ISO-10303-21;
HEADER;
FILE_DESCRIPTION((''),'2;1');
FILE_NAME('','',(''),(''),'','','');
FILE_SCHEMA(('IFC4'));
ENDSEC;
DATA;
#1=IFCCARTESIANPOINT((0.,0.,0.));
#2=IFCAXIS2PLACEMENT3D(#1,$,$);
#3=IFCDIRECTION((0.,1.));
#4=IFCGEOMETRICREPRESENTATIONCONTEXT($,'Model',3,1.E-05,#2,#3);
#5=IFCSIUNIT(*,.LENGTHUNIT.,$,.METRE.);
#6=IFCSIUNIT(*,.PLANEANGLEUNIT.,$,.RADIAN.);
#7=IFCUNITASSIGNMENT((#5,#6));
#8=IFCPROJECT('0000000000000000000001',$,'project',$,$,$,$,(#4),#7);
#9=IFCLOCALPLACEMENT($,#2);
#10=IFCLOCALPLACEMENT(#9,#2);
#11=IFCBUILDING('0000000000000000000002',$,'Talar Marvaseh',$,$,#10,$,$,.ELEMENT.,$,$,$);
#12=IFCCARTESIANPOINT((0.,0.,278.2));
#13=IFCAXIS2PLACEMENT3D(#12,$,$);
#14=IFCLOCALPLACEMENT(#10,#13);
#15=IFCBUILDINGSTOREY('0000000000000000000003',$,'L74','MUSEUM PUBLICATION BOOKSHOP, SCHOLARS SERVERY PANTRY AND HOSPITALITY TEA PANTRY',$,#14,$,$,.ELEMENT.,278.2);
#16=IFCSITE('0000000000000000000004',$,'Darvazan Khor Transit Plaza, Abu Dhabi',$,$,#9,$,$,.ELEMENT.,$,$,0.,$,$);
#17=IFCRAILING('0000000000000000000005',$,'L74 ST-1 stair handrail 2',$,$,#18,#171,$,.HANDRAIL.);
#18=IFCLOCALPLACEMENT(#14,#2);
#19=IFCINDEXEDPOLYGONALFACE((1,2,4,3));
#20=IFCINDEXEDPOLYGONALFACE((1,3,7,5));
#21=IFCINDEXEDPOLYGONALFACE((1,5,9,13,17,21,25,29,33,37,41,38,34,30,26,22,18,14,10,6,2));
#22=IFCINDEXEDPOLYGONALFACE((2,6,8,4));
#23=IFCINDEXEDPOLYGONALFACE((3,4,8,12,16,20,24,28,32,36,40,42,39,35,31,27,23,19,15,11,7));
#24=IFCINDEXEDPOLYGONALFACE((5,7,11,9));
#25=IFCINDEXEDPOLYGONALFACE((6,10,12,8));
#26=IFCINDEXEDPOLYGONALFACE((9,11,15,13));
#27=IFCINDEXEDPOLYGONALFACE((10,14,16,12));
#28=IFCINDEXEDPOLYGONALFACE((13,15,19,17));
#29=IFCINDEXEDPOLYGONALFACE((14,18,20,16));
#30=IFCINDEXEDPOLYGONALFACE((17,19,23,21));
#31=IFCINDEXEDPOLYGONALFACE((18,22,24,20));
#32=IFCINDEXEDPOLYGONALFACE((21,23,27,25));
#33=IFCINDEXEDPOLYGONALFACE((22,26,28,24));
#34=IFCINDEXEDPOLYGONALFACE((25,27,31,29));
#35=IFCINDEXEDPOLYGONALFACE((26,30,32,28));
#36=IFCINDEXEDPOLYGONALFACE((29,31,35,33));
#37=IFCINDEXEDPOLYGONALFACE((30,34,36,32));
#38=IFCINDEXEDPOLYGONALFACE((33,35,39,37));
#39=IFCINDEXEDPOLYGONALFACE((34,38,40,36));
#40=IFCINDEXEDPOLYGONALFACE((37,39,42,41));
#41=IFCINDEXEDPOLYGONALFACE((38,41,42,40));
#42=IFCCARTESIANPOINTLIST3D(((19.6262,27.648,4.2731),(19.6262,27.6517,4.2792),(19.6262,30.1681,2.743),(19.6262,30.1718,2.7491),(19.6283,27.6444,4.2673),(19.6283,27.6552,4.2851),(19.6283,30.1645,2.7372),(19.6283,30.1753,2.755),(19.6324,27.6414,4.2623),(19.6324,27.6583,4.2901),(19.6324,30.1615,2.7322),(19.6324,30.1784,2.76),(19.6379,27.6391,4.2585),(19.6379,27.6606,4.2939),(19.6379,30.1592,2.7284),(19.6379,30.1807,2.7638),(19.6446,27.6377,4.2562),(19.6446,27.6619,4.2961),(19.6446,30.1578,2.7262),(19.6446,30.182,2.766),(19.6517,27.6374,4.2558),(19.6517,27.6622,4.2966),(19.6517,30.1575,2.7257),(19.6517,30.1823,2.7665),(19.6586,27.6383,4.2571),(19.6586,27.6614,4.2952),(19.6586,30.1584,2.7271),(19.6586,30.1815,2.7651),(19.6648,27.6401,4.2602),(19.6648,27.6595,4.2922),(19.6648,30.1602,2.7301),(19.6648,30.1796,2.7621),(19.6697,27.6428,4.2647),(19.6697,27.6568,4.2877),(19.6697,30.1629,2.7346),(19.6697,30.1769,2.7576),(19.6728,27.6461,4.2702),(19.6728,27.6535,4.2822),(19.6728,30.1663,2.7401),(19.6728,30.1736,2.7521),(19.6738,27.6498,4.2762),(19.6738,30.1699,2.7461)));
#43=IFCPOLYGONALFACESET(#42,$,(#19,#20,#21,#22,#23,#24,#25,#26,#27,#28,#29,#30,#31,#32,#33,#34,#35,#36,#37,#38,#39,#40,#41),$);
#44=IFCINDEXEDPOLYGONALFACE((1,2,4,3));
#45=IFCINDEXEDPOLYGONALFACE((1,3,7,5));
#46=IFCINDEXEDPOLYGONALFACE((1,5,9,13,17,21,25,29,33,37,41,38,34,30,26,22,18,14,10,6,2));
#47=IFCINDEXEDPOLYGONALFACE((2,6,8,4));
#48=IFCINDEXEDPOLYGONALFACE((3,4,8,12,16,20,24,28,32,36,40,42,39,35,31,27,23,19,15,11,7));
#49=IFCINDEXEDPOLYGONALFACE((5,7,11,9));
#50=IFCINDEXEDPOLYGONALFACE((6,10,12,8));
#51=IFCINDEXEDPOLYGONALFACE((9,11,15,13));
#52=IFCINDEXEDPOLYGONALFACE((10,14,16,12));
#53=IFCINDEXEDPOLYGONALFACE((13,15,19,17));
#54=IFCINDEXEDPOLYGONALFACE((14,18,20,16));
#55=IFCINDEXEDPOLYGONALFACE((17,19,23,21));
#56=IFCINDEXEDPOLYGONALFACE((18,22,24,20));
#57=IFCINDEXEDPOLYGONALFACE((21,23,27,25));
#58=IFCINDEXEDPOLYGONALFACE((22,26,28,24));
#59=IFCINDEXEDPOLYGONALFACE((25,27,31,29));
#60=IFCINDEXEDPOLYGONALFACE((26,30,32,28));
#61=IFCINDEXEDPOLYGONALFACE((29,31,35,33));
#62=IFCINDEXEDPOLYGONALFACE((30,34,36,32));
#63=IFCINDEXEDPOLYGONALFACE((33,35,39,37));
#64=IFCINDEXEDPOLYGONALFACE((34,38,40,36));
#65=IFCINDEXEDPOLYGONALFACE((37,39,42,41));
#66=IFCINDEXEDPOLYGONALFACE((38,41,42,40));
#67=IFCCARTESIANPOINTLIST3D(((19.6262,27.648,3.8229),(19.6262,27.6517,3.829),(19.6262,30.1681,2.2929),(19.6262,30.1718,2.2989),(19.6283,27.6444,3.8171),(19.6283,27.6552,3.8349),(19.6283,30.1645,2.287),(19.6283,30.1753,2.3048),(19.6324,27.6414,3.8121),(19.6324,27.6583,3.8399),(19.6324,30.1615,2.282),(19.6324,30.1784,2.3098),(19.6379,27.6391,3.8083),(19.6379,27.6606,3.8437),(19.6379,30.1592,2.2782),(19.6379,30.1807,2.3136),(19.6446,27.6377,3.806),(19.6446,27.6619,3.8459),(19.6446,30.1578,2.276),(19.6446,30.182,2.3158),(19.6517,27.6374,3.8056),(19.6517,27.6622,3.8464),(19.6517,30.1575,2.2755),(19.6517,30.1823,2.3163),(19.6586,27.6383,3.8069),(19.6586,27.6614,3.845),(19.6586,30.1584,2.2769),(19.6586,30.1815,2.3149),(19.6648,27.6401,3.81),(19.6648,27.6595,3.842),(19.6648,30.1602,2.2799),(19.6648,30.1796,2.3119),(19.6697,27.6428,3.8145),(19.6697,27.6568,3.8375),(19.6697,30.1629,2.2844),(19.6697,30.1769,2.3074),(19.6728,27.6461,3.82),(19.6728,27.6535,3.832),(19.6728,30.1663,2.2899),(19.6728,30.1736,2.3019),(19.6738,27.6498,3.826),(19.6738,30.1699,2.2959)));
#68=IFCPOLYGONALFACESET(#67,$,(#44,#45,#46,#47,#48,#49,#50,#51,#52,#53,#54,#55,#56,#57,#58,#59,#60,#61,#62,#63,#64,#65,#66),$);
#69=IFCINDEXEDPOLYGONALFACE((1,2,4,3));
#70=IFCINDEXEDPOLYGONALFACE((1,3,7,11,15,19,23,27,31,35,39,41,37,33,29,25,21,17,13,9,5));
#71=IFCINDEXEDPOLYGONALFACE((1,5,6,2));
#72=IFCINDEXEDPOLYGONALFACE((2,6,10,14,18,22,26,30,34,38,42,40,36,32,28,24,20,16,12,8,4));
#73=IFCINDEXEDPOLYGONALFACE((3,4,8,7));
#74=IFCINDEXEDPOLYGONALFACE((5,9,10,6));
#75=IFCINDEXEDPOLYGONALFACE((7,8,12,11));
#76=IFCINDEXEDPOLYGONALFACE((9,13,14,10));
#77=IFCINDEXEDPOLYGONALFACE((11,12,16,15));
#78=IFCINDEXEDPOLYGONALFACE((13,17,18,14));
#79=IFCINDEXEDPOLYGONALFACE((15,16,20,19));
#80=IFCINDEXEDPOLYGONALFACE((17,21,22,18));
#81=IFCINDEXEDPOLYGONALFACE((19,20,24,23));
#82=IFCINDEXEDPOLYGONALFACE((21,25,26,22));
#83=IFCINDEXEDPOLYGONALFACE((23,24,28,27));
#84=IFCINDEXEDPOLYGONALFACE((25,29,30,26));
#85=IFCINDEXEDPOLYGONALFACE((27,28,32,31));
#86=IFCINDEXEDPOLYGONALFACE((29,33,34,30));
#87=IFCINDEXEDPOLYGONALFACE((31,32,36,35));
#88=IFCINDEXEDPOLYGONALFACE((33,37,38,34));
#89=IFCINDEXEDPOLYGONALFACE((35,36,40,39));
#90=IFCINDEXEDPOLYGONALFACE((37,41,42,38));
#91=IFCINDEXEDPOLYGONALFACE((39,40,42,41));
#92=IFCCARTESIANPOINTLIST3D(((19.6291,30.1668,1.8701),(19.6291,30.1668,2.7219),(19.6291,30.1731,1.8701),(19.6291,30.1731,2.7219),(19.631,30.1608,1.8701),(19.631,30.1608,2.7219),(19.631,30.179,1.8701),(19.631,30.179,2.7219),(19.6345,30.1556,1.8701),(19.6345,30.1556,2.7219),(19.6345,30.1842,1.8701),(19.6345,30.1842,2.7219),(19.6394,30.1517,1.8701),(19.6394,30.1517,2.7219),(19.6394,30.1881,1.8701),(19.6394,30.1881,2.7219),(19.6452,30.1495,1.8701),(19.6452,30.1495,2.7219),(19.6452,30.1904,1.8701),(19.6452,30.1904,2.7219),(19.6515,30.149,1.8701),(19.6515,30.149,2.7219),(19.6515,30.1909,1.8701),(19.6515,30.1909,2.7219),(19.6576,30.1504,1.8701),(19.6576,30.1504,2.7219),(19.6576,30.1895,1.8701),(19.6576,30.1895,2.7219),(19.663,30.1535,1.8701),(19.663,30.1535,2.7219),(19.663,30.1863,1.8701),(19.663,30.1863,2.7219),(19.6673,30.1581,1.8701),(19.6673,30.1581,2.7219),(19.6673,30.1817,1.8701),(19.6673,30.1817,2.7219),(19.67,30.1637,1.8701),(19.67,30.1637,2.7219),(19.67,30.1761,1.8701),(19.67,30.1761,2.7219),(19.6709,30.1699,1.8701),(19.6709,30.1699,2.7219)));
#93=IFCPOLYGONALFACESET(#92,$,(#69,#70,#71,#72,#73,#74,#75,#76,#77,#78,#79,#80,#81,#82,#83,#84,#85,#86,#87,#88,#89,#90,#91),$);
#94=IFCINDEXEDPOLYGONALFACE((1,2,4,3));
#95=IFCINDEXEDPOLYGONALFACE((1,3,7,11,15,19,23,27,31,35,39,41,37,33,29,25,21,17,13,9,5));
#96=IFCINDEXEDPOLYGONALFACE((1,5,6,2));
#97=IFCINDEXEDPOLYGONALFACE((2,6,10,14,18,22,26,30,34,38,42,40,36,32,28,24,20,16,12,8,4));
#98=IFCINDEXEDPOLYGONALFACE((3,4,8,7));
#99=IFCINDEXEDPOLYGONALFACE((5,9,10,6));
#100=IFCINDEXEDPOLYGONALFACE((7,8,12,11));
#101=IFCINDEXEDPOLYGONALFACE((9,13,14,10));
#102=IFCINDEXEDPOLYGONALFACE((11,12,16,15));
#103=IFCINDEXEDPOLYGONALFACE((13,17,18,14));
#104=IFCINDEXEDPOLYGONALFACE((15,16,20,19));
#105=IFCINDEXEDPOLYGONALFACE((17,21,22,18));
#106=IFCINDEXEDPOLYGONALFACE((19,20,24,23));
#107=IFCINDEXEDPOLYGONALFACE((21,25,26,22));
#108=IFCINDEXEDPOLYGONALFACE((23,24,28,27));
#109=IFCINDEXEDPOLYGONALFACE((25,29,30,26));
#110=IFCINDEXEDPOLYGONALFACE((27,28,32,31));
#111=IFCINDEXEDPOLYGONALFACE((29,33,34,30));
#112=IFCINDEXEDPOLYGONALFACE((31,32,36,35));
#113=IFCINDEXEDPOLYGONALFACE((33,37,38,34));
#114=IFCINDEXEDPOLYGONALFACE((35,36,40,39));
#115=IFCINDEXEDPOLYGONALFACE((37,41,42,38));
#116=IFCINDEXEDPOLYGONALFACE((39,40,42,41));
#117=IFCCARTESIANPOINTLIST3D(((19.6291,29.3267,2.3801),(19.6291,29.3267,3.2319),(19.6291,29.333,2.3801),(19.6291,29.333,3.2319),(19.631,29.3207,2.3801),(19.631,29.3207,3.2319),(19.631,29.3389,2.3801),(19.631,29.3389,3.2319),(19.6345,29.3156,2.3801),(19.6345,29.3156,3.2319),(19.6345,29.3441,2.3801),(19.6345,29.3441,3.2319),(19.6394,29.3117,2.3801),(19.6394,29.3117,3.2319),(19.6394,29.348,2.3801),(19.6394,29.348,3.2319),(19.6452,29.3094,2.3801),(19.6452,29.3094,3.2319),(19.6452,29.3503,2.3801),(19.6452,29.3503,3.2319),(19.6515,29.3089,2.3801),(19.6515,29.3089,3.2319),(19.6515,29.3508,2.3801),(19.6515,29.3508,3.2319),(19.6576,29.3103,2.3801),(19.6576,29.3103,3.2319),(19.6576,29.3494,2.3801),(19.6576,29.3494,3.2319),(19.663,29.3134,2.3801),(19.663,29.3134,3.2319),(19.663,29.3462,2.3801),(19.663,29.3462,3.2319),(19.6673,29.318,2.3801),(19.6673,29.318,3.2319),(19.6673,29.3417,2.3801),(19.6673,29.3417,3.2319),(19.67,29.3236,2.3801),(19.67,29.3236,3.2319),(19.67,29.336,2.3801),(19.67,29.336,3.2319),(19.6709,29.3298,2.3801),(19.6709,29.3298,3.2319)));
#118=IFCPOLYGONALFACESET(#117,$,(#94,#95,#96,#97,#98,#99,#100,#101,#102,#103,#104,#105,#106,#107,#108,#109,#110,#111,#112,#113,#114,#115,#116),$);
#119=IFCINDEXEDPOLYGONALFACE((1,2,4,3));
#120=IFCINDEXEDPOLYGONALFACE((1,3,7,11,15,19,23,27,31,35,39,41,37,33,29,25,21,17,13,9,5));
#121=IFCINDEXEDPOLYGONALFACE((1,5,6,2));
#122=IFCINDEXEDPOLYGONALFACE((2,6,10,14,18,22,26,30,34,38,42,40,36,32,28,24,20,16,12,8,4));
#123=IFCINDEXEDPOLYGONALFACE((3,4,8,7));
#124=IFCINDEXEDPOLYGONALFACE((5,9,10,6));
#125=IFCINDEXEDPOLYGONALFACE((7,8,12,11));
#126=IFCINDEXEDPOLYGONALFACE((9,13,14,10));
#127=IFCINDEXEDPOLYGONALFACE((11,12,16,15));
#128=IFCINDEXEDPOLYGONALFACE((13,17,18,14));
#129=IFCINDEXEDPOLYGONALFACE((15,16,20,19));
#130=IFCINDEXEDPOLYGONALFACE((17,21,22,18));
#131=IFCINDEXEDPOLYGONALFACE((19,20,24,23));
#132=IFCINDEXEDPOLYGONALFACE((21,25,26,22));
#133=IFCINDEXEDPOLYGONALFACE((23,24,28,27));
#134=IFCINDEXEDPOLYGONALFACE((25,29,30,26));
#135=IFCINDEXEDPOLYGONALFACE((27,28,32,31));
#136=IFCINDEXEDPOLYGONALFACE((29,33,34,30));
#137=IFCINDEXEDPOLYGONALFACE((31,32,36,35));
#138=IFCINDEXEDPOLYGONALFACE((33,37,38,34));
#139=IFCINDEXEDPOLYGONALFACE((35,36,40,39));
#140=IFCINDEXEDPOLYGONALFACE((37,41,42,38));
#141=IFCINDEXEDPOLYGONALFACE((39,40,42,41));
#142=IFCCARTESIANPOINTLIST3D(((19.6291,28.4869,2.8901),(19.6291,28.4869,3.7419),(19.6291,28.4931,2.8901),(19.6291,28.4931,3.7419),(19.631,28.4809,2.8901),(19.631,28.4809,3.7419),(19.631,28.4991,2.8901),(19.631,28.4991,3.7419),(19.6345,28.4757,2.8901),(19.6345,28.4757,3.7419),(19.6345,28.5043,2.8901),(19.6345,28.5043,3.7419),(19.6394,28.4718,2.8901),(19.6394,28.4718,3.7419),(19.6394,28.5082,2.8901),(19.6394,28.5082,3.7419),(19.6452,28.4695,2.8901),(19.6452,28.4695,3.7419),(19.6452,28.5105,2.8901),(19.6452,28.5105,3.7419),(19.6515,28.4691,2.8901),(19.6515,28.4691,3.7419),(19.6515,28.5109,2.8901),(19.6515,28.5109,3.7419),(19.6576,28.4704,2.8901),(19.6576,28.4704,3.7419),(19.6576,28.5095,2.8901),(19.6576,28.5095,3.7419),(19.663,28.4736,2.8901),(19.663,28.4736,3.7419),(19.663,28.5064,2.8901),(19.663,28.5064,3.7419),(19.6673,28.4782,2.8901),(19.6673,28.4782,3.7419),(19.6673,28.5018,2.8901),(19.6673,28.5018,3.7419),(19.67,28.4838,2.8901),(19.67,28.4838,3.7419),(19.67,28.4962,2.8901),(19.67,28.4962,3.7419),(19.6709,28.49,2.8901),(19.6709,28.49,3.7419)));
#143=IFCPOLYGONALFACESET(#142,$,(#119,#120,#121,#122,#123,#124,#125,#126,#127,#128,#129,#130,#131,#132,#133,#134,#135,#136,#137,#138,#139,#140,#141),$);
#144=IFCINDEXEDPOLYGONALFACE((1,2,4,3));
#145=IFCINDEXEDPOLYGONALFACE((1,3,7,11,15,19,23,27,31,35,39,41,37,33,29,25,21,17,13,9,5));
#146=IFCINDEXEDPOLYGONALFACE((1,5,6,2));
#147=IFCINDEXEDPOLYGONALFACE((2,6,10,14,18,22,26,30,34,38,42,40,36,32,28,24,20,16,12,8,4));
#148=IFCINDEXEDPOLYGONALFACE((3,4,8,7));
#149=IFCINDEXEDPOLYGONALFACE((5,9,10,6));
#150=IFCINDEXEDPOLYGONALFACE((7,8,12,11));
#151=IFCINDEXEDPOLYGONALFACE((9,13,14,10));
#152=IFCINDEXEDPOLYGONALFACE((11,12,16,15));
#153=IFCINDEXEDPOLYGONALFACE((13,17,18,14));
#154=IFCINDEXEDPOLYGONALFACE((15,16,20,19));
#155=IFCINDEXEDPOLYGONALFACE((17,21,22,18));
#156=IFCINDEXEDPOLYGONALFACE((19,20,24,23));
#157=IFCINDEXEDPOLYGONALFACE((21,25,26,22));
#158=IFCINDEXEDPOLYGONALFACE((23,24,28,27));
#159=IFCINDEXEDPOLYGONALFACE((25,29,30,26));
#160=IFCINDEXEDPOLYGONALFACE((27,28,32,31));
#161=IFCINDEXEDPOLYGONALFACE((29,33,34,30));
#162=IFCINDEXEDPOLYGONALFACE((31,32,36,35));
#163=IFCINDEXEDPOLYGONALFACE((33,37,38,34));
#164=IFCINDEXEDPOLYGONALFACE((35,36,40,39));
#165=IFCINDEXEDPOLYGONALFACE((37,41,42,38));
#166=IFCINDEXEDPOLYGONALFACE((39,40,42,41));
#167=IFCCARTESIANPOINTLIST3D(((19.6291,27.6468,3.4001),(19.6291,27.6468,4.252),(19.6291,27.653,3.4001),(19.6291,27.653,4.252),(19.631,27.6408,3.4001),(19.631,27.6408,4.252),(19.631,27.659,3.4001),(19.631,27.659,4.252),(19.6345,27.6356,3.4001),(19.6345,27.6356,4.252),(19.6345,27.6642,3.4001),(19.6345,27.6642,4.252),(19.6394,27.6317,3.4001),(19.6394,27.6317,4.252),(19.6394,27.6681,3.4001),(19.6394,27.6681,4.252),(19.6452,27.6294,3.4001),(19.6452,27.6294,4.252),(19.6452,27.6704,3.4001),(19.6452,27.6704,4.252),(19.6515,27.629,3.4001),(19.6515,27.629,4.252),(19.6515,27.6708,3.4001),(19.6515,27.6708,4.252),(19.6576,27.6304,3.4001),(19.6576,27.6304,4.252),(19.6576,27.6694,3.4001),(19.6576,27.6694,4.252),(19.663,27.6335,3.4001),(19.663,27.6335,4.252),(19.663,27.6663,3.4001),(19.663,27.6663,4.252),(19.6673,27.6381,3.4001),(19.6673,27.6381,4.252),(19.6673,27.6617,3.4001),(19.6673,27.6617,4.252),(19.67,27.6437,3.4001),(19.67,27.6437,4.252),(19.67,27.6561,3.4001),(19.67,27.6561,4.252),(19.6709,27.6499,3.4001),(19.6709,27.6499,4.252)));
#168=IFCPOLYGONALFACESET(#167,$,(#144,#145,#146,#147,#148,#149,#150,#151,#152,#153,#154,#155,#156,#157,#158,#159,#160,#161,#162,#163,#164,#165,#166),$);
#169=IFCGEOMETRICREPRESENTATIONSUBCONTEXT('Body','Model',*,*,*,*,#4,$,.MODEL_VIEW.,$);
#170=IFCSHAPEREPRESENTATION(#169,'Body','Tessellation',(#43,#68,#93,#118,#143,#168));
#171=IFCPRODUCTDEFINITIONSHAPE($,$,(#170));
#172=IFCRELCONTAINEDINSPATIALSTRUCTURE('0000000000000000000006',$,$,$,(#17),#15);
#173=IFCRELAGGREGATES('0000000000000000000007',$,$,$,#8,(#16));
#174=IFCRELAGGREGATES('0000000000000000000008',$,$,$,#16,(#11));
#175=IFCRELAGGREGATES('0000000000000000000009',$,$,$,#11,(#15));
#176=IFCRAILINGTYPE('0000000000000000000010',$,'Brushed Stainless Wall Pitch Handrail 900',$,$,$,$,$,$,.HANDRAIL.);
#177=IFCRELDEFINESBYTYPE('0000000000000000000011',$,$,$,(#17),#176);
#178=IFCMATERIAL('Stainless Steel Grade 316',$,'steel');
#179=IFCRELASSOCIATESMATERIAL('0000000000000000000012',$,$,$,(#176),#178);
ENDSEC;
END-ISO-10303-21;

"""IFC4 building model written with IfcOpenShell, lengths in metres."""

from ifc_helpers import new_model, si_unit, direction, frame, origin, origin_2d, place, context, subcontext, project, spatial, circle, extrude, material, type_object, element, save


model = new_model("IFC4")

# Units and contexts
model_context = context("Model", 3, precision=1e-05, world=origin(), true_north=direction((0.0, 1.0)))
body_context = subcontext(model_context, "Body", "Model", "MODEL_VIEW")
ifc_project = project(units=[si_unit("LENGTHUNIT", "METRE"), si_unit("PLANEANGLEUNIT", "RADIAN")], contexts=[model_context])

# Site, building, storey
site_placement = place(None, origin())
site = spatial("IfcSite", under=ifc_project, at=site_placement, Name="Darvazan Khor Transit Plaza, Abu Dhabi", CompositionType="ELEMENT", RefElevation=0.0)
building_placement = place(site_placement, origin())
building = spatial("IfcBuilding", under=site, at=building_placement, Name="Talar Marvaseh", CompositionType="ELEMENT")
storey_placement = place(building_placement, frame((0.0, 0.0, 278.2)))
storey = spatial("IfcBuildingStorey", under=building, at=storey_placement, Name="L74", Description="MUSEUM PUBLICATION BOOKSHOP, SCHOLARS SERVERY PANTRY AND HOSPITALITY TEA PANTRY", CompositionType="ELEMENT", Elevation=278.2)

# Railing
ifc_material_1 = material(Name="Stainless Steel Grade 316", Category="steel")
railing_type_1 = type_object("IfcRailingType", Name="Brushed Stainless Wall Pitch Handrail 900", PredefinedType="HANDRAIL", material=ifc_material_1)
railing_1_placement = place(storey_placement, frame((19.6499, 30.1699, 1.8701)))
element("IfcRailing", 1, at=railing_1_placement, inside=storey, type_object=railing_type_1, Name="L74 ST-1 stair handrail 2", PredefinedType="HANDRAIL", context=body_context, shape_type="SweptSolid", body=[
    extrude(circle(Radius=0.0239, at=origin_2d()), frame((0.0, 0.0, 0.876), z_axis=(0.0, -0.854785, 0.518982), x_axis=(1.0, 0.0, 0.0)), (0.0, 0.0, 1.0), 2.9482),
    extrude(circle(Radius=0.0239, at=origin_2d()), frame((0.0, 0.0, 0.4258), z_axis=(0.0, -0.854785, 0.518982), x_axis=(1.0, 0.0, 0.0)), (0.0, 0.0, 1.0), 2.9482),
    extrude(circle(Radius=0.021, at=origin_2d()), origin(), (0.0, 0.0, 1.0), 0.8518),
    extrude(circle(Radius=0.021, at=origin_2d()), frame((0.0, -0.8401, 0.51)), (0.0, 0.0, 1.0), 0.8518),
    extrude(circle(Radius=0.021, at=origin_2d()), frame((0.0, -1.6799, 1.02)), (0.0, 0.0, 1.0), 0.8518),
    extrude(circle(Radius=0.021, at=origin_2d()), frame((0.0, -2.52, 1.53)), (0.0, 0.0, 1.0), 0.8518),
])

save(model, "model.ifc")
